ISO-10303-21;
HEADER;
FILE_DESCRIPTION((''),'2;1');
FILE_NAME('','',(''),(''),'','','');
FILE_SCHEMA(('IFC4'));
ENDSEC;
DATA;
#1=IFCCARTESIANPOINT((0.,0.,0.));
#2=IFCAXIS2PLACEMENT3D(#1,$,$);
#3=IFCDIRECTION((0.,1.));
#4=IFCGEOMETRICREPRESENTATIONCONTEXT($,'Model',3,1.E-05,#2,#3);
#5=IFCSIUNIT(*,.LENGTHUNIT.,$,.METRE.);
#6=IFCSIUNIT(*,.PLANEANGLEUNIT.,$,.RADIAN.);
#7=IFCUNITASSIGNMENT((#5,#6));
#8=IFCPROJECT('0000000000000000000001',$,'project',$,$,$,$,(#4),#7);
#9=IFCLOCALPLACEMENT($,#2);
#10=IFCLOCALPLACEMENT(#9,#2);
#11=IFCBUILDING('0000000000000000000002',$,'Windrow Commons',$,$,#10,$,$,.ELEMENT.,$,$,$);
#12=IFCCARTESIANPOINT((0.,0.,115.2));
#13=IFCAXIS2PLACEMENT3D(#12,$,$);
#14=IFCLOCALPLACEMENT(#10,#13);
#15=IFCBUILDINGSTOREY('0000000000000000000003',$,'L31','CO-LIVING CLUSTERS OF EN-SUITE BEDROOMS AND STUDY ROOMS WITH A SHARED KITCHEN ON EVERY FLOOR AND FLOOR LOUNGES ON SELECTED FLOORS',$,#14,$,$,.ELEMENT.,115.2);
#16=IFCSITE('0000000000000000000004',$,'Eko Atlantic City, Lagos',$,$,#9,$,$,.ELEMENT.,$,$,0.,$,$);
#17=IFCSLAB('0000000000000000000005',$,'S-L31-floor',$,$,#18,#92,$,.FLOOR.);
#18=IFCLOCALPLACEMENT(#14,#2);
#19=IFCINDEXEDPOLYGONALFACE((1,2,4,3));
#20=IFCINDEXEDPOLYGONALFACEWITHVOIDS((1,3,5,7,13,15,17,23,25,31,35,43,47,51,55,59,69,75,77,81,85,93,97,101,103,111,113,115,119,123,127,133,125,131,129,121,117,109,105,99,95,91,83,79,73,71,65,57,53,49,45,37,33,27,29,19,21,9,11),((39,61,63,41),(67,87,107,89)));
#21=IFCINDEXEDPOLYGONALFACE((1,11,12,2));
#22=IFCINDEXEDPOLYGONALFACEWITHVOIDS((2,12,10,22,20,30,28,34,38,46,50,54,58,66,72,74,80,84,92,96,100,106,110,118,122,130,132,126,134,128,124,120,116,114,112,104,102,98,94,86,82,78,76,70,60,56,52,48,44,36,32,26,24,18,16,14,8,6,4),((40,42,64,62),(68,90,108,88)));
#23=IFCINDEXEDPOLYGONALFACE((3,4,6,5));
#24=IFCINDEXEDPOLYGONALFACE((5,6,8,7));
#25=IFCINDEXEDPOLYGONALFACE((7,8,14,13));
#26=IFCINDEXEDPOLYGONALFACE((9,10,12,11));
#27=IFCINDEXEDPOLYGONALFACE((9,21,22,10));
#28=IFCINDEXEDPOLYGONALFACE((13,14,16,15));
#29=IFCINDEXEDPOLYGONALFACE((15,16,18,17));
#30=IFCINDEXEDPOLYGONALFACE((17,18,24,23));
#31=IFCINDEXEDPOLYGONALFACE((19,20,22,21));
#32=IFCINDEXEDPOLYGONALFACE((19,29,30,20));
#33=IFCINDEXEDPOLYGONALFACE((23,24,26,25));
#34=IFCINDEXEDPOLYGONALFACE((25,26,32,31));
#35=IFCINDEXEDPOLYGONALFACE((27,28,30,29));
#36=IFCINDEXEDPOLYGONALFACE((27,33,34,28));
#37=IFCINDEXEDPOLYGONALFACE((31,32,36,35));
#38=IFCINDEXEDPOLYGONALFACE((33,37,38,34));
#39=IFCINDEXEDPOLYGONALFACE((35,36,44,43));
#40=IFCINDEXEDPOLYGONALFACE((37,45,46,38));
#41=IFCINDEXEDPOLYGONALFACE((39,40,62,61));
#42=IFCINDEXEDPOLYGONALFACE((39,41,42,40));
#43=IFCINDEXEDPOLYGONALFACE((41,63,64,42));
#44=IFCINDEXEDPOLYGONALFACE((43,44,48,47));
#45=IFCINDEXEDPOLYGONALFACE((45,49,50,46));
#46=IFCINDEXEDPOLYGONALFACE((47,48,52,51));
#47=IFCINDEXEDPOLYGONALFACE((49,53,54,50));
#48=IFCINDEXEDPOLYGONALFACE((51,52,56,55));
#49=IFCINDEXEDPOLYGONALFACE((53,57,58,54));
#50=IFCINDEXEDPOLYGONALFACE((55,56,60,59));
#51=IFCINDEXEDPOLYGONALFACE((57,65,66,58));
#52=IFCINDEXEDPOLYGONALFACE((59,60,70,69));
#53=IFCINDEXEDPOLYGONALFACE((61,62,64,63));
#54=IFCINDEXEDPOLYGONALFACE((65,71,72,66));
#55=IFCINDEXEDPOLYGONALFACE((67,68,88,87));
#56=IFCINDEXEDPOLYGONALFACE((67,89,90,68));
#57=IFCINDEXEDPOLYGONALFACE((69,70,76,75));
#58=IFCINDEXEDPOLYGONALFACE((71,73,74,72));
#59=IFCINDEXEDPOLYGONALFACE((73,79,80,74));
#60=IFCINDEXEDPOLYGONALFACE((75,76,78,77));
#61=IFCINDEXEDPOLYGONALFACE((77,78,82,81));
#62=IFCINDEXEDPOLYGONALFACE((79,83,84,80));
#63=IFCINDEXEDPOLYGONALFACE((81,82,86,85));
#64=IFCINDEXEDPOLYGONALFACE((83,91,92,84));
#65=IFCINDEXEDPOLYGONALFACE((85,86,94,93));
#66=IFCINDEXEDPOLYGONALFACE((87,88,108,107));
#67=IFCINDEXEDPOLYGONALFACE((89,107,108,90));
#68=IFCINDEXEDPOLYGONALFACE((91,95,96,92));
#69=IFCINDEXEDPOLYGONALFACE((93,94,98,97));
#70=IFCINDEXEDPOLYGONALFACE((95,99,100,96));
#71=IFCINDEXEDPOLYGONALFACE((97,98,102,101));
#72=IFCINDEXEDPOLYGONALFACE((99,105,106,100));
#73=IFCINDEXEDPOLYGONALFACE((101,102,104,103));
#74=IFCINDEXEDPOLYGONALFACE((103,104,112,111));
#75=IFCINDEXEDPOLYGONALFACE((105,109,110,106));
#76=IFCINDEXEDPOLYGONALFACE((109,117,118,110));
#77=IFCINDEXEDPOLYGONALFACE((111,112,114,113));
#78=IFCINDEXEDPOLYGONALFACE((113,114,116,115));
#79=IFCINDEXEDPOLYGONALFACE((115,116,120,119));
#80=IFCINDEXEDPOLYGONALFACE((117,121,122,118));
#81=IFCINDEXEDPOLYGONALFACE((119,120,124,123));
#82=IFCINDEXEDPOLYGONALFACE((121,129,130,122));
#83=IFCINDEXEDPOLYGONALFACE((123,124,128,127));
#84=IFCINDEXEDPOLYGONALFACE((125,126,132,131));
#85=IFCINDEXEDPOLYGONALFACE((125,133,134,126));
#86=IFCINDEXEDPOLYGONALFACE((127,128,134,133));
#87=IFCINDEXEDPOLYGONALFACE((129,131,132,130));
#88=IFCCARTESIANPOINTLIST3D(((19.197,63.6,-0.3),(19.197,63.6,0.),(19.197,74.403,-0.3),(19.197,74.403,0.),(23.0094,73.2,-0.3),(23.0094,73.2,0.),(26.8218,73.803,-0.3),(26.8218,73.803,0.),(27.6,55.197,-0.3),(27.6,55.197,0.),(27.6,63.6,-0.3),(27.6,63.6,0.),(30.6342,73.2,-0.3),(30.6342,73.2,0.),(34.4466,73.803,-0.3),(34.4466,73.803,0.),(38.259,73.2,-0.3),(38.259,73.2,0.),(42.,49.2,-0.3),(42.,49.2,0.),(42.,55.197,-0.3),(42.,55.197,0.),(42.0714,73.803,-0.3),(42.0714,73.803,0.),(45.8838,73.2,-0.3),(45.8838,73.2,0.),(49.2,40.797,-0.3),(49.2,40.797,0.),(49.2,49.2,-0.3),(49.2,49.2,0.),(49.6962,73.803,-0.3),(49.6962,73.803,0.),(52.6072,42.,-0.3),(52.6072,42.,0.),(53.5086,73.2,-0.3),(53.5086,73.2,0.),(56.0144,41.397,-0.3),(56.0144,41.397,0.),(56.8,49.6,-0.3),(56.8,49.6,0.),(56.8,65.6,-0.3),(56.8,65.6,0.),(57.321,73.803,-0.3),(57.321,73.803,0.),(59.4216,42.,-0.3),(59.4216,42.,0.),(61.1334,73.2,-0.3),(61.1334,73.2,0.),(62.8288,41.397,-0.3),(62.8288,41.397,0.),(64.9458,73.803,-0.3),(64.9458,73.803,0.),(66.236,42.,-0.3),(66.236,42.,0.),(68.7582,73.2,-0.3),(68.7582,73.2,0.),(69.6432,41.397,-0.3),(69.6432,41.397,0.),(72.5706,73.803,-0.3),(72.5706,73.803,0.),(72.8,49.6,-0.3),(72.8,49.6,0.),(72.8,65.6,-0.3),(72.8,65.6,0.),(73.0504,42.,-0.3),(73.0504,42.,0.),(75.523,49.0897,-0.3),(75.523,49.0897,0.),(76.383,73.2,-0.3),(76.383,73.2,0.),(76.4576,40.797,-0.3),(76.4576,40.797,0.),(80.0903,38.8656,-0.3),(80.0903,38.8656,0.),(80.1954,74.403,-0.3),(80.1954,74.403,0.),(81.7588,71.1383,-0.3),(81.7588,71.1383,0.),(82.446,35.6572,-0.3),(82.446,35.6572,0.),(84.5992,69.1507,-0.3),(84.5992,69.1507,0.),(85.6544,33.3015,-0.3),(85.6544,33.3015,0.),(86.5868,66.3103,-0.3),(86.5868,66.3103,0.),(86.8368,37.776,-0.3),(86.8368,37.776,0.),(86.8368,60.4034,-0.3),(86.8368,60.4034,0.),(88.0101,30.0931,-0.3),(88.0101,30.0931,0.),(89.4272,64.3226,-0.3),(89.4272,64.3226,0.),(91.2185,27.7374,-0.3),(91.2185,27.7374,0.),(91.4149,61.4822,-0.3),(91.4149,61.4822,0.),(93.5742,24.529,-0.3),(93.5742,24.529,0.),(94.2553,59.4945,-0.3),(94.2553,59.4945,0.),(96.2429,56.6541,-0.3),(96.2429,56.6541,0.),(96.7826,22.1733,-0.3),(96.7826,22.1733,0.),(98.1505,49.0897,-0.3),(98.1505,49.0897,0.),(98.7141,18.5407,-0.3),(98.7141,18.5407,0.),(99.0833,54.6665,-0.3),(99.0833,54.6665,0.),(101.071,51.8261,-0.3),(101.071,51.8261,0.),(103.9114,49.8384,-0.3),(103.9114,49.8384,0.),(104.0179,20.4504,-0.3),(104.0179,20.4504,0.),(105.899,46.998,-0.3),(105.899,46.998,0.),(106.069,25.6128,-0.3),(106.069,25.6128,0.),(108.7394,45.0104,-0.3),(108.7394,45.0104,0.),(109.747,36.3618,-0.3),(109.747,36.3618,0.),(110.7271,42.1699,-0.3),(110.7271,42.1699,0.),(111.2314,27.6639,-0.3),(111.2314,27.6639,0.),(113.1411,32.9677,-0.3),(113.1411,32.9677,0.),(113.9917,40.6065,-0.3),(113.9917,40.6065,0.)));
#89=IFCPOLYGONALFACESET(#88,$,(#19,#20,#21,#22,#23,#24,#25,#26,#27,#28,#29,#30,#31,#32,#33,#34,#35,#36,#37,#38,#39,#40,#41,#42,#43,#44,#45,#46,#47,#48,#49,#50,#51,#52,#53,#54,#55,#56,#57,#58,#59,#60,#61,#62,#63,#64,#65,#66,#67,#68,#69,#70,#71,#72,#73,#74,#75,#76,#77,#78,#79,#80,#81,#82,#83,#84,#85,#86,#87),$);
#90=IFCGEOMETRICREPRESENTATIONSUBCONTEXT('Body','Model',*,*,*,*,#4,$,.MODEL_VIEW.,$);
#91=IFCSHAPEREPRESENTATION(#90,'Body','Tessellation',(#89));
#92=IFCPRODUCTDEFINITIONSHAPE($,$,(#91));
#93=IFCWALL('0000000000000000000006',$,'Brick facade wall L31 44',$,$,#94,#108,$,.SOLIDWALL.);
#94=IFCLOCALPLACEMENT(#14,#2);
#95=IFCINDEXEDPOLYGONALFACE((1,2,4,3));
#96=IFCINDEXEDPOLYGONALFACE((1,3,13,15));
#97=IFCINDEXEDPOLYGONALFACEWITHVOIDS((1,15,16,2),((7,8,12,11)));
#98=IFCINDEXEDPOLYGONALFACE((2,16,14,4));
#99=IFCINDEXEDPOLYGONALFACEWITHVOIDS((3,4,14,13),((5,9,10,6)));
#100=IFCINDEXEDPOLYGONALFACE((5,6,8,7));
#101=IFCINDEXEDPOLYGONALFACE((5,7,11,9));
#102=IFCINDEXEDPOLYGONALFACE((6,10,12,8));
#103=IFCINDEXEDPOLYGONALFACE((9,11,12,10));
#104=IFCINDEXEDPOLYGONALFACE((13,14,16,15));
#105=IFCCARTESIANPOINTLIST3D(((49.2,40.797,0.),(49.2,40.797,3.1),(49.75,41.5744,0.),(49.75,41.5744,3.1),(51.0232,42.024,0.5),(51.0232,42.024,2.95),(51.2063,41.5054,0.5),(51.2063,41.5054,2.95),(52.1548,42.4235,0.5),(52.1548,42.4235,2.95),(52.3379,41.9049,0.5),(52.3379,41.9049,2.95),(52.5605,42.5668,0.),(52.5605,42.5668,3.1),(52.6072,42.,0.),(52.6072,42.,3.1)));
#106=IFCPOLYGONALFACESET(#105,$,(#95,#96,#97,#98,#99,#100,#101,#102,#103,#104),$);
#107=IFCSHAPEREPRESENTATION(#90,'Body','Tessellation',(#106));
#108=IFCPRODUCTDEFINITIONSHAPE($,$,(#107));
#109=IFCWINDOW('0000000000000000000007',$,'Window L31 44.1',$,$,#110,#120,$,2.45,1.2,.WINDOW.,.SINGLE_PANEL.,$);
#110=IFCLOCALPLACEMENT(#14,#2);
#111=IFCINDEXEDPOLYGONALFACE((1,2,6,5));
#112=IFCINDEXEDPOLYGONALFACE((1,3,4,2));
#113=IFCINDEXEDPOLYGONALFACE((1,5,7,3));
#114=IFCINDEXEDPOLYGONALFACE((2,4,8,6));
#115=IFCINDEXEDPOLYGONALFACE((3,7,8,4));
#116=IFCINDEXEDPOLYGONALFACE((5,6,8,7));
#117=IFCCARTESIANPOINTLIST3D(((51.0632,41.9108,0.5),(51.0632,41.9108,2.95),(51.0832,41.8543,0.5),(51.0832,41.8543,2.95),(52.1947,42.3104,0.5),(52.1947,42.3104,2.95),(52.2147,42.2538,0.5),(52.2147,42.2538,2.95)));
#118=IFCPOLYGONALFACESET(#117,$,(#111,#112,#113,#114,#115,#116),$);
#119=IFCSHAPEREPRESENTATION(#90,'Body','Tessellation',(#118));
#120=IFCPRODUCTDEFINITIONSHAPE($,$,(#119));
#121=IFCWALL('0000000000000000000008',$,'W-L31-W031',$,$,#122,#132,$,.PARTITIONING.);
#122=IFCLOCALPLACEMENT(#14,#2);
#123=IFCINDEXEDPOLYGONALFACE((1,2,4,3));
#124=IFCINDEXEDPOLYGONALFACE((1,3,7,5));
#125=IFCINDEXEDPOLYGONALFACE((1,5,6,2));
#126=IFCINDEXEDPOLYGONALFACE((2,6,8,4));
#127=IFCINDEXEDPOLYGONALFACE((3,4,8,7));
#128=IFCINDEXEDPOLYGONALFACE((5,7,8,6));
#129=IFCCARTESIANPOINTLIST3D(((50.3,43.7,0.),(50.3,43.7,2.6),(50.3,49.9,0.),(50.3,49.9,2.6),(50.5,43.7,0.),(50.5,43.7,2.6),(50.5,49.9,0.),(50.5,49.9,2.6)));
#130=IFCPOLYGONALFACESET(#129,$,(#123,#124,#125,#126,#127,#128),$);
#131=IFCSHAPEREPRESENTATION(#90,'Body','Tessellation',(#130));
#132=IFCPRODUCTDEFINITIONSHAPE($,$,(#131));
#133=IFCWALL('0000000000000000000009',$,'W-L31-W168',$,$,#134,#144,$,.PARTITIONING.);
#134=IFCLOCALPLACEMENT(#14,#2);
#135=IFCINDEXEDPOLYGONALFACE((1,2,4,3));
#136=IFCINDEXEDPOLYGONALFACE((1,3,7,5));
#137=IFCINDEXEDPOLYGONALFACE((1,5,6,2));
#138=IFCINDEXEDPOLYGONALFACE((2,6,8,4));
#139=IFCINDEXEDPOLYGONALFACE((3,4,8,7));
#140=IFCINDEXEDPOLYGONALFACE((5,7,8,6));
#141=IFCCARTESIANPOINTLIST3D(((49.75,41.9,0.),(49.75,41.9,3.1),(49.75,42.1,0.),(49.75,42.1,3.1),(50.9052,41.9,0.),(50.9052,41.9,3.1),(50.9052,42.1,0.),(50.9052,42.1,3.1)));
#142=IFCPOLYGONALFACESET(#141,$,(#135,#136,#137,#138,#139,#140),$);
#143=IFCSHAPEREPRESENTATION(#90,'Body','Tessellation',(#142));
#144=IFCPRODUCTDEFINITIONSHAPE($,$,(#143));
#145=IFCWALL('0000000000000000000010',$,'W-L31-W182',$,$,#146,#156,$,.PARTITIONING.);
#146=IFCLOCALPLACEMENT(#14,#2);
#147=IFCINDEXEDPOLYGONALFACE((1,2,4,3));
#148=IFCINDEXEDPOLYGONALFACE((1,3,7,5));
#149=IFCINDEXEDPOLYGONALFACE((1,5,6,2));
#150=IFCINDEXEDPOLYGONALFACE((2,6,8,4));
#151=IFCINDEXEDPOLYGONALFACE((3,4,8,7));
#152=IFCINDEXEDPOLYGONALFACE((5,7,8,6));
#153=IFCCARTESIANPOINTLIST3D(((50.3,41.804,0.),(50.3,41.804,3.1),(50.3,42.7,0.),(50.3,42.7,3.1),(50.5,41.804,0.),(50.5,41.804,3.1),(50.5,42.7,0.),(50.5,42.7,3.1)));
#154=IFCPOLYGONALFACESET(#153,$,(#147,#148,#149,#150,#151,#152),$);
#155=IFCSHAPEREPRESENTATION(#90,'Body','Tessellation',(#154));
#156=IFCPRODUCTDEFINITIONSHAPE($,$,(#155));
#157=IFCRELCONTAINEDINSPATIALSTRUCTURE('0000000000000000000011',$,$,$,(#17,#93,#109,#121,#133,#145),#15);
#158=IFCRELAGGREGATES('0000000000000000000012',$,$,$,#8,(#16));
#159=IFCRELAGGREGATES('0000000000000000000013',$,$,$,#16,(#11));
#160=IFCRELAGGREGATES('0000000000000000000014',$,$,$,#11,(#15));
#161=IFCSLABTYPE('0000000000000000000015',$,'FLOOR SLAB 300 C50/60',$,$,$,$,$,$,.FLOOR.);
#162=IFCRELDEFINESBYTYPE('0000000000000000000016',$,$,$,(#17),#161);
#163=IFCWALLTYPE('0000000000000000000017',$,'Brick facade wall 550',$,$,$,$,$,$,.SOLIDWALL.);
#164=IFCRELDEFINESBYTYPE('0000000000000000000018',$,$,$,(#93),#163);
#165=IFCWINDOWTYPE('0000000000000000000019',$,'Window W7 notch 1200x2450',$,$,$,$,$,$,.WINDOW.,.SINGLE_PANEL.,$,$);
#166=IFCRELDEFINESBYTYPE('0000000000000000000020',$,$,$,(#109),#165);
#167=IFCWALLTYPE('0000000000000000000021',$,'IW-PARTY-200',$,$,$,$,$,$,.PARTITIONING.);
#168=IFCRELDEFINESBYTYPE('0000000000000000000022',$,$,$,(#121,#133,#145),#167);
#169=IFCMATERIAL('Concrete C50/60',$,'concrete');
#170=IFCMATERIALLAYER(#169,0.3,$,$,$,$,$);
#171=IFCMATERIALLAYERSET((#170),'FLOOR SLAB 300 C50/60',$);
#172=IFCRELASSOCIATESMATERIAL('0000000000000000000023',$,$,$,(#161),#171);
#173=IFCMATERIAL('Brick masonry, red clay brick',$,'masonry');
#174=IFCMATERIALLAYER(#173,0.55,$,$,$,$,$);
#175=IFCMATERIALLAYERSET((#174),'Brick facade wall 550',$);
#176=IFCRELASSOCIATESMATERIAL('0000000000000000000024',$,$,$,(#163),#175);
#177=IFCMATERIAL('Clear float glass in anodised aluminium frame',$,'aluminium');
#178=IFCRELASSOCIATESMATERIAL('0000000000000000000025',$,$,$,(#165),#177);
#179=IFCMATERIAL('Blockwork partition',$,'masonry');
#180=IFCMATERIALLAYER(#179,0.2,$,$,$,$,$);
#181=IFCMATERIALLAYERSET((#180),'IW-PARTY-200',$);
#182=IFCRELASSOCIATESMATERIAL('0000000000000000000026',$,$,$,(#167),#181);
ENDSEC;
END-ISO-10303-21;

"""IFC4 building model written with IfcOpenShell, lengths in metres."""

from ifc_helpers import new_model, si_unit, direction, frame, frame_2d, origin, place, context, subcontext, project, spatial, polyline, rectangle, outline, extrude, material, layer, layer_set, type_object, element, fill, save


model = new_model("IFC4")

# Units and contexts
model_context = context("Model", 3, precision=1e-05, world=origin(), true_north=direction((0.0, 1.0)))
body_context = subcontext(model_context, "Body", "Model", "MODEL_VIEW")
ifc_project = project(units=[si_unit("LENGTHUNIT", "METRE"), si_unit("PLANEANGLEUNIT", "RADIAN")], contexts=[model_context])

# Site, building, storey
site_placement = place(None, origin())
site = spatial("IfcSite", under=ifc_project, at=site_placement, Name="Eko Atlantic City, Lagos", CompositionType="ELEMENT", RefElevation=0.0)
building_placement = place(site_placement, origin())
building = spatial("IfcBuilding", under=site, at=building_placement, Name="Windrow Commons", CompositionType="ELEMENT")
storey_placement = place(building_placement, frame((0.0, 0.0, 115.2)))
storey = spatial("IfcBuildingStorey", under=building, at=storey_placement, Name="L31", Description="CO-LIVING CLUSTERS OF EN-SUITE BEDROOMS AND STUDY ROOMS WITH A SHARED KITCHEN ON EVERY FLOOR AND FLOOR LOUNGES ON SELECTED FLOORS", CompositionType="ELEMENT", Elevation=115.2)

# Shared definitions
placement_1 = place(storey_placement, frame((0.0, 0.0, -0.3)))

# Slab, openings
ifc_material_1 = material(Name="Concrete C50/60", Category="concrete")
ifc_layer_1 = layer(ifc_material_1, 0.3)
ifc_layer_set_1 = layer_set([ifc_layer_1], Name="FLOOR SLAB 300 C50/60")
slab_type_1 = type_object("IfcSlabType", Name="FLOOR SLAB 300 C50/60", PredefinedType="FLOOR", material=ifc_layer_set_1)
slab_1 = element("IfcSlab", 1, at=placement_1, inside=storey, type_object=slab_type_1, Name="S-L31-floor", PredefinedType="FLOOR", context=body_context, shape_type="SweptSolid", body=[
    extrude(outline(polyline([(96.7826, 22.1733), (98.7141, 18.5407), (104.0179, 20.4504), (106.069, 25.6128), (111.2314, 27.6639), (113.1411, 32.9677), (109.747, 36.3618), (113.9917, 40.6065), (110.7271, 42.1699), (108.7394, 45.0104), (105.899, 46.998), (103.9114, 49.8384), (101.071, 51.8261), (99.0833, 54.6665), (96.2429, 56.6541), (94.2553, 59.4945), (91.4149, 61.4822), (89.4272, 64.3226), (86.5868, 66.3103), (84.5992, 69.1507), (81.7588, 71.1383), (80.1954, 74.403), (76.383, 73.2), (72.5706, 73.803), (68.7582, 73.2), (64.9458, 73.803), (61.1334, 73.2), (57.321, 73.803), (53.5086, 73.2), (49.6962, 73.803), (45.8838, 73.2), (42.0714, 73.803), (38.259, 73.2), (34.4466, 73.803), (30.6342, 73.2), (26.8218, 73.803), (23.0094, 73.2), (19.197, 74.403), (19.197, 63.6), (27.6, 63.6), (27.6, 55.197), (42.0, 55.197), (42.0, 49.2), (49.2, 49.2), (49.2, 40.797), (52.6072, 42.0), (56.0144, 41.397), (59.4216, 42.0), (62.8288, 41.397), (66.236, 42.0), (69.6432, 41.397), (73.0504, 42.0), (76.4576, 40.797), (80.0903, 38.8656), (82.446, 35.6572), (85.6544, 33.3015), (88.0101, 30.0931), (91.2185, 27.7374), (93.5742, 24.529), (96.7826, 22.1733)]), holes=[polyline([(75.523, 49.0897), (86.8368, 60.4034), (98.1505, 49.0897), (86.8368, 37.776), (75.523, 49.0897)]), polyline([(56.8, 49.6), (56.8, 65.6), (72.8, 65.6), (72.8, 49.6), (56.8, 49.6)])]), origin(), (0.0, 0.0, 1.0), 0.3),
])
opening_1_placement = place(placement_1, origin())
element("IfcOpeningElement", 2, at=opening_1_placement, cuts=slab_1, PredefinedType="OPENING", context=body_context, shape_type="SweptSolid", body=[
    extrude(outline(polyline([(75.5301, 49.0897), (86.8368, 60.3963), (98.1434, 49.0897), (86.8368, 37.7831), (75.5301, 49.0897)])), origin(), (0.0, 0.0, 1.0), 0.3),
])
opening_2_placement = place(placement_1, origin())
element("IfcOpeningElement", 3, at=opening_2_placement, cuts=slab_1, PredefinedType="OPENING", context=body_context, shape_type="SweptSolid", body=[
    extrude(outline(polyline([(56.805, 49.605), (56.805, 65.595), (72.795, 65.595), (72.795, 49.605), (56.805, 49.605)])), origin(), (0.0, 0.0, 1.0), 0.3),
])

# Wall, opening, window
ifc_material_2 = material(Name="Brick masonry, red clay brick", Category="masonry")
ifc_layer_2 = layer(ifc_material_2, 0.55)
ifc_layer_set_2 = layer_set([ifc_layer_2], Name="Brick facade wall 550")
wall_type_1 = type_object("IfcWallType", Name="Brick facade wall 550", PredefinedType="SOLIDWALL", material=ifc_layer_set_2)
wall_1_placement = place(storey_placement, frame((49.475, 41.1857, 0.0), z_axis=(0.0, 0.0, 1.0), x_axis=(0.942948, 0.332939, 0.0)))
wall_1 = element("IfcWall", 4, at=wall_1_placement, inside=storey, type_object=wall_type_1, Name="Brick facade wall L31 44", PredefinedType="SOLIDWALL", context=body_context, shape_type="SweptSolid", body=[
    extrude(outline(polyline([(-0.3887, -0.275), (3.2246, -0.275), (3.3693, 0.275), (0.3887, 0.275), (-0.3887, -0.275)])), origin(), (0.0, 0.0, 1.0), 3.1),
])
opening_3_placement = place(wall_1_placement, frame((1.739, 0.0, 0.5)))
opening_3 = element("IfcOpeningElement", 5, at=opening_3_placement, cuts=wall_1, PredefinedType="OPENING", context=body_context, shape_type="SweptSolid", body=[
    extrude(rectangle(XDim=1.2, YDim=2.45, at=frame_2d((0.6, 1.225))), frame((0.0, 0.285, 0.0), z_axis=(0.0, -1.0, 0.0), x_axis=(1.0, 0.0, 0.0)), (0.0, 0.0, 1.0), 0.57),
])
ifc_material_3 = material(Name="Clear float glass in anodised aluminium frame", Category="aluminium")
window_type = type_object("IfcWindowType", Name="Window W7 notch 1200x2450", PartitioningType="SINGLE_PANEL", PredefinedType="WINDOW", material=ifc_material_3)
window_placement = place(opening_3_placement, origin())
window = element("IfcWindow", 6, at=window_placement, inside=storey, type_object=window_type, Name="Window L31 44.1", OverallHeight=2.45, OverallWidth=1.2, PartitioningType="SINGLE_PANEL", PredefinedType="WINDOW", context=body_context, shape_type="SweptSolid", body=[
    extrude(rectangle(XDim=1.2, YDim=2.45, at=frame_2d((0.6, 1.225))), frame((0.0, 0.155, 0.0), z_axis=(0.0, -1.0, 0.0), x_axis=(1.0, 0.0, 0.0)), (0.0, 0.0, 1.0), 0.06),
])
fill(opening_3, window)

# Walls
ifc_material_4 = material(Name="Blockwork partition", Category="masonry")
ifc_layer_3 = layer(ifc_material_4, 0.2)
ifc_layer_set_3 = layer_set([ifc_layer_3], Name="IW-PARTY-200")
wall_type_2 = type_object("IfcWallType", Name="IW-PARTY-200", PredefinedType="PARTITIONING", material=ifc_layer_set_3)
wall_2_placement = place(storey_placement, frame((50.4, 43.7, 0.0), z_axis=(0.0, 0.0, 1.0), x_axis=(0.0, 1.0, 0.0)))
element("IfcWall", 7, at=wall_2_placement, inside=storey, type_object=wall_type_2, Name="W-L31-W031", PredefinedType="PARTITIONING", context=body_context, shape_type="SweptSolid", body=[
    extrude(rectangle(XDim=6.2, YDim=0.2, at=frame_2d((3.1, 0.0))), origin(), (0.0, 0.0, 1.0), 2.6),
])
wall_3_placement = place(storey_placement, frame((49.75, 42.0, 0.0), z_axis=(0.0, 0.0, 1.0), x_axis=(1.0, 0.0, 0.0)))
element("IfcWall", 8, at=wall_3_placement, inside=storey, type_object=wall_type_2, Name="W-L31-W168", PredefinedType="PARTITIONING", context=body_context, shape_type="SweptSolid", body=[
    extrude(rectangle(XDim=1.1552, YDim=0.2, at=frame_2d((0.5776, 0.0))), origin(), (0.0, 0.0, 1.0), 3.1),
])
wall_4_placement = place(storey_placement, frame((50.4, 41.804, 0.0), z_axis=(0.0, 0.0, 1.0), x_axis=(0.0, 1.0, 0.0)))
element("IfcWall", 9, at=wall_4_placement, inside=storey, type_object=wall_type_2, Name="W-L31-W182", PredefinedType="PARTITIONING", context=body_context, shape_type="SweptSolid", body=[
    extrude(rectangle(XDim=0.896, YDim=0.2, at=frame_2d((0.448, 0.0))), origin(), (0.0, 0.0, 1.0), 3.1),
])

save(model, "model.ifc")
